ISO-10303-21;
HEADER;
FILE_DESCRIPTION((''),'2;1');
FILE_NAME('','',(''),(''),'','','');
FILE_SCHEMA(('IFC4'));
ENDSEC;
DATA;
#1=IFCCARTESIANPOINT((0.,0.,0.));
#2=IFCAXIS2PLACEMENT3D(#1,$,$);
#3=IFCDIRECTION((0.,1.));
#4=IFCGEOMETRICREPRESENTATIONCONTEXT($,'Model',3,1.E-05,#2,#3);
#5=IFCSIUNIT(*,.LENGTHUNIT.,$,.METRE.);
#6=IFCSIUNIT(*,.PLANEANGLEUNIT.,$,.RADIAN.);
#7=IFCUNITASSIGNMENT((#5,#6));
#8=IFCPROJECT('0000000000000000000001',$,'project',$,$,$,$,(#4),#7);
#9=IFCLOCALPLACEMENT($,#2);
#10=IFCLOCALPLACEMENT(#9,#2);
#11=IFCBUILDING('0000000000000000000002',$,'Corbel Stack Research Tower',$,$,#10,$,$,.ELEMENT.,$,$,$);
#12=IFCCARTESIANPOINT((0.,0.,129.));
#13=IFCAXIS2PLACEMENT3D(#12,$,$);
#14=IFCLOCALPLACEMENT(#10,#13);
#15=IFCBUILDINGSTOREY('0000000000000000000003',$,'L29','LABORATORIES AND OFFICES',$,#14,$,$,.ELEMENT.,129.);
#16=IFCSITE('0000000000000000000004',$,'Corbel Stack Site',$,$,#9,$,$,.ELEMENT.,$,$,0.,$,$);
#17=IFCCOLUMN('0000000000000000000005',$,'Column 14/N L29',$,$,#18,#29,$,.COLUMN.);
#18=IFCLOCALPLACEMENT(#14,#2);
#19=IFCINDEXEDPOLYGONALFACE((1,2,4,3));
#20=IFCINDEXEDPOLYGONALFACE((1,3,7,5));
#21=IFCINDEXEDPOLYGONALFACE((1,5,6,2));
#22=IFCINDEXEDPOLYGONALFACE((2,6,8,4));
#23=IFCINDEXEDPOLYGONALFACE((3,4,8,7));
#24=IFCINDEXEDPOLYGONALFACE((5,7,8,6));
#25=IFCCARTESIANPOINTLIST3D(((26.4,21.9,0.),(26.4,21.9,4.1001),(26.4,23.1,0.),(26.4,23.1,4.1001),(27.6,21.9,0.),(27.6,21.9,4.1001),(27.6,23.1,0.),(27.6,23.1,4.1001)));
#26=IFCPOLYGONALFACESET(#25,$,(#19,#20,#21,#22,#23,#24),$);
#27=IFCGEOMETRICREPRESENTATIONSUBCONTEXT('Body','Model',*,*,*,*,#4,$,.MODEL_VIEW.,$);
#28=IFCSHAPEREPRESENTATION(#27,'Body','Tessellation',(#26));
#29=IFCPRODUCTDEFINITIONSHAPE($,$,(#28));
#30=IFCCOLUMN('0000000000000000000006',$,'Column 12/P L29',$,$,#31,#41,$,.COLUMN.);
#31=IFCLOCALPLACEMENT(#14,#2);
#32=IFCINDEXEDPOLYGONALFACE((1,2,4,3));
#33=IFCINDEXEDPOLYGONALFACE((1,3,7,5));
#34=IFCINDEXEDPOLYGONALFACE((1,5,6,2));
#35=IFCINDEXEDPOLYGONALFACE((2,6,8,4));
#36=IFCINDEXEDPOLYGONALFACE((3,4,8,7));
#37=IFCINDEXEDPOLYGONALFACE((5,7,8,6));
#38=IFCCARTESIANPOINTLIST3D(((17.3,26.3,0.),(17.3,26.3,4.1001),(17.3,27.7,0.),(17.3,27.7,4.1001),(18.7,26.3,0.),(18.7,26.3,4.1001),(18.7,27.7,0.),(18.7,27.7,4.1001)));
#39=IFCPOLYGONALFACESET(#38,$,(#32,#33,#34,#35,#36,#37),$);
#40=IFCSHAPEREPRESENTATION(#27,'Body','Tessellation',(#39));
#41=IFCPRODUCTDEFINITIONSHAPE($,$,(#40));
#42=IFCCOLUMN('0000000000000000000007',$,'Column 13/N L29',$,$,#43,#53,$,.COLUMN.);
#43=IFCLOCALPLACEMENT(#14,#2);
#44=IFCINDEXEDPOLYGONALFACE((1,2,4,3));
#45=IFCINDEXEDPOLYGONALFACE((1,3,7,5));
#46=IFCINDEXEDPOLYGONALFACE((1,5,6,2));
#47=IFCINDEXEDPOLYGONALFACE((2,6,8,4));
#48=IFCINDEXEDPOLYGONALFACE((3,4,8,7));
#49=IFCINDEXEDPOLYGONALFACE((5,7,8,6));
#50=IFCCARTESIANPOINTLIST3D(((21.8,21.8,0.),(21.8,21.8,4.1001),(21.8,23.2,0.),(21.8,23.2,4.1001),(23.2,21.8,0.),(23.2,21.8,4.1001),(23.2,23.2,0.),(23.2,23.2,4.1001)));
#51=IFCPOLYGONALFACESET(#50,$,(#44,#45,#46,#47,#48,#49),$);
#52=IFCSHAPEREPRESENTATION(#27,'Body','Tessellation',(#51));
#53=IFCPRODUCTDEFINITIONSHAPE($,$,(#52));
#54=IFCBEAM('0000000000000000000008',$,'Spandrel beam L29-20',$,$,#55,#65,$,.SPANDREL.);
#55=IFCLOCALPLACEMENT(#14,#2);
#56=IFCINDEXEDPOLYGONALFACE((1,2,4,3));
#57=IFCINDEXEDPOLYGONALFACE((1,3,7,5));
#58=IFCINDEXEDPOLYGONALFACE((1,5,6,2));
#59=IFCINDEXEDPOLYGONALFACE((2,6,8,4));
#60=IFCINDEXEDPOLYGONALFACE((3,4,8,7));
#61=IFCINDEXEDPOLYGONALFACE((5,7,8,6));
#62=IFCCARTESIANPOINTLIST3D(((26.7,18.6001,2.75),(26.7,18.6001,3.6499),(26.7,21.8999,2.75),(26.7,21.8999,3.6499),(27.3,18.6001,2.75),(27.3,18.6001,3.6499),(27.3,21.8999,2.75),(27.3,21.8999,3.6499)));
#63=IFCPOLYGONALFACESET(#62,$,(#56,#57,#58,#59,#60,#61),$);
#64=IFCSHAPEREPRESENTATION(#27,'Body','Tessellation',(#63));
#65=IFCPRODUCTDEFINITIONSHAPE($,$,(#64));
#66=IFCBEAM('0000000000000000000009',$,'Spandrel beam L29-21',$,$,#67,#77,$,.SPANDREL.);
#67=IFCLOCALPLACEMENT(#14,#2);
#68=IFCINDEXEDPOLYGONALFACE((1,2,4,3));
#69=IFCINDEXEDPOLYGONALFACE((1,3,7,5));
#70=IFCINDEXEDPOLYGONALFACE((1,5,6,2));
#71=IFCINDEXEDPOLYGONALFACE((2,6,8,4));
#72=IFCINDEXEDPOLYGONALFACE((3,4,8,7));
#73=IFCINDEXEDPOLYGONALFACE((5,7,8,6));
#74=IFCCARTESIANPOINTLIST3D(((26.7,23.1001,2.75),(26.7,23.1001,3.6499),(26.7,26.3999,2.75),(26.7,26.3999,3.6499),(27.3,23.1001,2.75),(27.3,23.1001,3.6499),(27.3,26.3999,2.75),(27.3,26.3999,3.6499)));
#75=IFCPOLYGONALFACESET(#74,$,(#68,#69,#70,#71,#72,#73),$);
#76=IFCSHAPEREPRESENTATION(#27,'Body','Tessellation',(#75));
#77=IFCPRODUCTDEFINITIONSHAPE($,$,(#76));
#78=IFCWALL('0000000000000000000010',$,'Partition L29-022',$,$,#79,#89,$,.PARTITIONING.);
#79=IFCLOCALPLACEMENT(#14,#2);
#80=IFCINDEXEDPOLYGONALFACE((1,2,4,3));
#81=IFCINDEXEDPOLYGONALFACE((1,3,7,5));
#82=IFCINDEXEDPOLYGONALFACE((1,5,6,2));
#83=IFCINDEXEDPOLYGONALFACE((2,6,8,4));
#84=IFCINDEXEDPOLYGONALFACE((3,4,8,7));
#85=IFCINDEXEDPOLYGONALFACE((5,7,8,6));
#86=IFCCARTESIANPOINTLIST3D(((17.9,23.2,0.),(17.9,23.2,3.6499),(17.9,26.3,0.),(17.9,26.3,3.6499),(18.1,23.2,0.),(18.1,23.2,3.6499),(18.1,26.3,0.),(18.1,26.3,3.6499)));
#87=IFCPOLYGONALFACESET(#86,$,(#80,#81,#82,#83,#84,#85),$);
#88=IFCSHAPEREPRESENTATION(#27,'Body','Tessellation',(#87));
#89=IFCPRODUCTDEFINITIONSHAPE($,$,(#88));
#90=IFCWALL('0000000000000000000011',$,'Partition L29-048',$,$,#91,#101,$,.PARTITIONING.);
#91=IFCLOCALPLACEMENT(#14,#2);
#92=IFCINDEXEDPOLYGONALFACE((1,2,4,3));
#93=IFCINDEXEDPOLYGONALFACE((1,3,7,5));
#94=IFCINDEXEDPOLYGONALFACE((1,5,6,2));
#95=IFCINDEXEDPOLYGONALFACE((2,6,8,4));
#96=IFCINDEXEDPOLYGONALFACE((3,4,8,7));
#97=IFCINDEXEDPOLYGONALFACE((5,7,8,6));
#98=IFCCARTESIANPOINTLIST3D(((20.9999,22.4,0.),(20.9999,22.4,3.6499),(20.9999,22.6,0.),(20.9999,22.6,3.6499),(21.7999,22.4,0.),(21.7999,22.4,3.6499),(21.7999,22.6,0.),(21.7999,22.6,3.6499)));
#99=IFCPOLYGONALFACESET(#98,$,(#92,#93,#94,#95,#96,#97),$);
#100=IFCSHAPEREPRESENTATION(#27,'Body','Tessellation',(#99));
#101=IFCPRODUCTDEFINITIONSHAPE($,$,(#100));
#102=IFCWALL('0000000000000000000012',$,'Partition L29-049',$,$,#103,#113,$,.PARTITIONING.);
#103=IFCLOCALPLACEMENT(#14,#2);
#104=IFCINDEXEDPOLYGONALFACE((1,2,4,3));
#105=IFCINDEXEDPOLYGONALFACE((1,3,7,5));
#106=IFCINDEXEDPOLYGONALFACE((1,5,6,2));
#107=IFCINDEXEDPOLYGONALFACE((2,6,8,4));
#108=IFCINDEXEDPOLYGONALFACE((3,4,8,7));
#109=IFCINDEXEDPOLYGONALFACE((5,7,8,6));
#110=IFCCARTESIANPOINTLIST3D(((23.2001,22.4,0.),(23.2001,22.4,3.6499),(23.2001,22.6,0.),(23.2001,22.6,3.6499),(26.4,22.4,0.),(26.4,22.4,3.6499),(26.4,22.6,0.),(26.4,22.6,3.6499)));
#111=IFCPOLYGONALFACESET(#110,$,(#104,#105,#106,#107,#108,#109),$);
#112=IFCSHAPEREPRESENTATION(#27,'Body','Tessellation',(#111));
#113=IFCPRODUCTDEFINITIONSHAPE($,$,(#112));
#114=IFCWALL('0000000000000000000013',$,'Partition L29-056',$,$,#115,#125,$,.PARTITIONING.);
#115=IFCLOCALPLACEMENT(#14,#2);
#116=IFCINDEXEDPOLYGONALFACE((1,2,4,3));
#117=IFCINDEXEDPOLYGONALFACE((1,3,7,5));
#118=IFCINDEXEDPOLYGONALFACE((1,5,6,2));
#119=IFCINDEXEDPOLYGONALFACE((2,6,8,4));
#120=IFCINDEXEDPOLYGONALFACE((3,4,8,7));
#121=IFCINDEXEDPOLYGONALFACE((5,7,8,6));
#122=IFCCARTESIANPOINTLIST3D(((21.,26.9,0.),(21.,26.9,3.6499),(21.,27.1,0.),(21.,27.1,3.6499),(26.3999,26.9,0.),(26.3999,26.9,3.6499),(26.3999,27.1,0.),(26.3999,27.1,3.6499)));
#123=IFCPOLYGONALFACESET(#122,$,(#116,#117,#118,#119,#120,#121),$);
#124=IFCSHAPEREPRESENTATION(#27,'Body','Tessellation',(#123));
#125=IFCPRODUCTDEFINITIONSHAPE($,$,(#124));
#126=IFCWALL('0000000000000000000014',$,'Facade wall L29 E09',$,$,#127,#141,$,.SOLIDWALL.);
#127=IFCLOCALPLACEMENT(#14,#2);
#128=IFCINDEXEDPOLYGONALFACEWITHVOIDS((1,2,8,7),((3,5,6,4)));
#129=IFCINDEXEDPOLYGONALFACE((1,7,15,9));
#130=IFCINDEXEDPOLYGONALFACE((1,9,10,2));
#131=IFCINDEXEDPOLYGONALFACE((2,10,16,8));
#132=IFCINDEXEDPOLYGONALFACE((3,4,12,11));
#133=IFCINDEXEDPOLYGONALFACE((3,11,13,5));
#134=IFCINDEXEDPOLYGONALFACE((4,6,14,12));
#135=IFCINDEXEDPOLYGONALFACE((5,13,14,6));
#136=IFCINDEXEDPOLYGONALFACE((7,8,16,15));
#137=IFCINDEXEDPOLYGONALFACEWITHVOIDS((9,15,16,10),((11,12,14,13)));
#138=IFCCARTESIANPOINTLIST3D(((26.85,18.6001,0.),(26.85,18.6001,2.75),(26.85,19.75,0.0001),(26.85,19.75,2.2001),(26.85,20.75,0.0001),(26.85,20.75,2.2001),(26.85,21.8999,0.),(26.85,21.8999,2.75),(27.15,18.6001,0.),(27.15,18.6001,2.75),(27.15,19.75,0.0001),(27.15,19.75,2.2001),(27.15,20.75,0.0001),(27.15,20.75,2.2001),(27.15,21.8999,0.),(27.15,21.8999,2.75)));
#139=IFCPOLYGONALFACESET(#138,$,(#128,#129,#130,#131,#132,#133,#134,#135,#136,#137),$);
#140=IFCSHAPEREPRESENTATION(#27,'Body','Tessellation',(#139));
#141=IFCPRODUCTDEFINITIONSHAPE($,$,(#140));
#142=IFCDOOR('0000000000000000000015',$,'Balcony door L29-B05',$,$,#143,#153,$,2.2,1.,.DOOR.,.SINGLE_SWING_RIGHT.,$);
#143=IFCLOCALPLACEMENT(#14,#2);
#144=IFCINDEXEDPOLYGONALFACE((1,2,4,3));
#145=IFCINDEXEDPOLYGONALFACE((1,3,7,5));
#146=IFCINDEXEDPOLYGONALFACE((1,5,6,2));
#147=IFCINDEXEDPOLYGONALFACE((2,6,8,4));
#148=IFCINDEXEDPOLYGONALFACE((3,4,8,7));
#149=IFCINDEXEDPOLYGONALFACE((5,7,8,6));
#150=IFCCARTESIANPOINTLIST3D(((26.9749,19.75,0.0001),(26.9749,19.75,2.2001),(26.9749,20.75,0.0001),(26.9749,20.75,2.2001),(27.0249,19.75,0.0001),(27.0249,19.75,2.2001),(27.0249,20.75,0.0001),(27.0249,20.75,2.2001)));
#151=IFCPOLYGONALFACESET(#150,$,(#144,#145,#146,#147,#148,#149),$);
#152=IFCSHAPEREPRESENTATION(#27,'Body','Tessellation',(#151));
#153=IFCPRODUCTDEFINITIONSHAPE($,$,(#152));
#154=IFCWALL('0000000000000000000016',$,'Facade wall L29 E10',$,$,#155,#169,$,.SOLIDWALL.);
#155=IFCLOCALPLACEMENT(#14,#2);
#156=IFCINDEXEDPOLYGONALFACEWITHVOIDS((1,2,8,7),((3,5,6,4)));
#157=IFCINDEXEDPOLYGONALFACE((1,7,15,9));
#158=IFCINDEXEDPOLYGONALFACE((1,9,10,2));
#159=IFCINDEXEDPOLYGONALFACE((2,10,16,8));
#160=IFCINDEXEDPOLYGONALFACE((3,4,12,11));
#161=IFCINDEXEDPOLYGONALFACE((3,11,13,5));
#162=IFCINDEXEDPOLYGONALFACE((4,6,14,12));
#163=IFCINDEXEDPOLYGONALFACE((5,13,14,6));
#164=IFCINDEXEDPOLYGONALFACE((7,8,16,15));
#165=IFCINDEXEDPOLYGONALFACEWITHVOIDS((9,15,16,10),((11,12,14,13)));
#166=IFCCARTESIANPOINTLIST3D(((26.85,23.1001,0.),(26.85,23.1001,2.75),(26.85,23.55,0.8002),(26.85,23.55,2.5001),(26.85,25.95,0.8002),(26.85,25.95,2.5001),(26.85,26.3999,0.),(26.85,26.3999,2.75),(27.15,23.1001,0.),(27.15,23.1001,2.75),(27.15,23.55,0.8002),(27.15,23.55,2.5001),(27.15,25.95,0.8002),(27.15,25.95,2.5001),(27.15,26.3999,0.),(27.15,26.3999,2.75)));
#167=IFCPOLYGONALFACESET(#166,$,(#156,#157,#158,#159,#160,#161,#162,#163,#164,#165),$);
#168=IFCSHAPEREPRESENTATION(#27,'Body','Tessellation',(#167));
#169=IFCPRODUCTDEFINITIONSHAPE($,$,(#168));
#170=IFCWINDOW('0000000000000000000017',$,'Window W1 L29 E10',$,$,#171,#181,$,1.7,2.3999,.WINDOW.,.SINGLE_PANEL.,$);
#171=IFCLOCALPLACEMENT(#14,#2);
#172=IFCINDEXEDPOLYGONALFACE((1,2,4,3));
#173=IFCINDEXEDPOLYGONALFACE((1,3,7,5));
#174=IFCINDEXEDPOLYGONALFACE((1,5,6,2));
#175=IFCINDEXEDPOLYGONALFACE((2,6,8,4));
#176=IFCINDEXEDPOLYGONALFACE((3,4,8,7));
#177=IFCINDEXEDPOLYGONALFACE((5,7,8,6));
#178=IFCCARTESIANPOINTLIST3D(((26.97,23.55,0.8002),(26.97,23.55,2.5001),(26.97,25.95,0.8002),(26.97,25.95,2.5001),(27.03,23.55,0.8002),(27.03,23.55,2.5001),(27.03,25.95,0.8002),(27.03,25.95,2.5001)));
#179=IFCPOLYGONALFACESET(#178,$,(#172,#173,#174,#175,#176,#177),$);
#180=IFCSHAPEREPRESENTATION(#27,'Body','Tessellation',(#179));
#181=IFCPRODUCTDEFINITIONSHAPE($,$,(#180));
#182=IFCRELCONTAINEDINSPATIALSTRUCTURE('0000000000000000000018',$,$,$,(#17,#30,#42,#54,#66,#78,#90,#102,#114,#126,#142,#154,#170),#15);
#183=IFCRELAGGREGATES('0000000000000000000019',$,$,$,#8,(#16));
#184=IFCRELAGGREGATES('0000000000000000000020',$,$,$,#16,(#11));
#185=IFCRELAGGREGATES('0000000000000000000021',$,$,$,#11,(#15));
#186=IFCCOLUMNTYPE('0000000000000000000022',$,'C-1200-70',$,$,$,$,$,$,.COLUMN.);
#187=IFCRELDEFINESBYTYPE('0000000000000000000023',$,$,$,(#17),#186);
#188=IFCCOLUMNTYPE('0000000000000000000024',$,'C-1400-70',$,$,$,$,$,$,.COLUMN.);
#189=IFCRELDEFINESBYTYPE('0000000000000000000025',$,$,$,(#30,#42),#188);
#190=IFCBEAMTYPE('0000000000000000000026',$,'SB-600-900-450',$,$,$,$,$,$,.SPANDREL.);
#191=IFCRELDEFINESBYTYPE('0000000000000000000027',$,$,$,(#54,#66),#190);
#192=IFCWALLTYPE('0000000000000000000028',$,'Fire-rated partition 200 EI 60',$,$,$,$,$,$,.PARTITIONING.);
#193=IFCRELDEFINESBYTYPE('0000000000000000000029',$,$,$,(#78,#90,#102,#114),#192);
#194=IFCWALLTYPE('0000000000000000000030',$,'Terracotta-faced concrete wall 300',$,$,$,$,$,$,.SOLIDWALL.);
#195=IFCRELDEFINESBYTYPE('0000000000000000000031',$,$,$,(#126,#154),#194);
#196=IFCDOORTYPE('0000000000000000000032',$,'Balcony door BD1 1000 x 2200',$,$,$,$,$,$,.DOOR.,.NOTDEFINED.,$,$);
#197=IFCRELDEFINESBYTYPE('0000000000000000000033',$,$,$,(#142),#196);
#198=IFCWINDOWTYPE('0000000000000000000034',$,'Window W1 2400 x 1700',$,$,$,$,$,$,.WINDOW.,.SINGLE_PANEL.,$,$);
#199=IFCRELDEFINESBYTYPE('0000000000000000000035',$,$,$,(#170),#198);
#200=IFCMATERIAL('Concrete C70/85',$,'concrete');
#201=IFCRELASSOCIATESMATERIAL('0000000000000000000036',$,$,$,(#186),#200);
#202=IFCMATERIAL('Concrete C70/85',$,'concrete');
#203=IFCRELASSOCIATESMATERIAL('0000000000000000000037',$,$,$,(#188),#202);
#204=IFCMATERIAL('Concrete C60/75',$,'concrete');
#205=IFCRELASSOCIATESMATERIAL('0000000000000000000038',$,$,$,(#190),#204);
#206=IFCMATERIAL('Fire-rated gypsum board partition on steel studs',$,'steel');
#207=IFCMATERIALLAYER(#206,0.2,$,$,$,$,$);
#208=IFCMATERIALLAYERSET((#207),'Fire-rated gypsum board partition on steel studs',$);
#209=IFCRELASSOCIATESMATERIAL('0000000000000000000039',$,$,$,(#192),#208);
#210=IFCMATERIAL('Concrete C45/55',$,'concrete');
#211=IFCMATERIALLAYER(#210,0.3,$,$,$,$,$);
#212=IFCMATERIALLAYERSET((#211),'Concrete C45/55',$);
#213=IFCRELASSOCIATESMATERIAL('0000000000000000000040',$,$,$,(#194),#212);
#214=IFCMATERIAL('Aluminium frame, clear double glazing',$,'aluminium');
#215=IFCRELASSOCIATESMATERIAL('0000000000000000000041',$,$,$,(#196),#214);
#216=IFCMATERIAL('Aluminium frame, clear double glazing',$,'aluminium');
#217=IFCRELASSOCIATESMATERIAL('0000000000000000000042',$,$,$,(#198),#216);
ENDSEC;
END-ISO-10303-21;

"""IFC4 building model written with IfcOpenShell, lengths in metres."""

from ifc_helpers import new_model, si_unit, direction, frame, frame_2d, origin, origin_2d, place, context, subcontext, project, spatial, rectangle, extrude, material, layer, layer_set, material_profile, profile_set, type_object, element, fill, save


model = new_model("IFC4")

# Units and contexts
model_context = context("Model", 3, precision=1e-05, world=origin(), true_north=direction((0.0, 1.0)))
body_context = subcontext(model_context, "Body", "Model", "MODEL_VIEW")
ifc_project = project(units=[si_unit("LENGTHUNIT", "METRE"), si_unit("PLANEANGLEUNIT", "RADIAN")], contexts=[model_context])

# Site, building, storey
site_placement = place(None, origin())
site = spatial("IfcSite", under=ifc_project, at=site_placement, Name="Corbel Stack Site", CompositionType="ELEMENT", RefElevation=0.0)
building_placement = place(site_placement, origin())
building = spatial("IfcBuilding", under=site, at=building_placement, Name="Corbel Stack Research Tower", CompositionType="ELEMENT")
storey_placement = place(building_placement, frame((0.0, 0.0, 129.0)))
storey = spatial("IfcBuildingStorey", under=building, at=storey_placement, Name="L29", Description="LABORATORIES AND OFFICES", CompositionType="ELEMENT", Elevation=129.0)

# Columns
ifc_material_1 = material(Name="Concrete C70/85", Category="concrete")
ifc_material_profile_1 = material_profile(ifc_material_1, rectangle(XDim=1.2, YDim=1.2, at=origin_2d()), Name="RC 1200 x 1200")
ifc_profile_set_1 = profile_set([ifc_material_profile_1], Name="Concrete C70/85")
column_type_1 = type_object("IfcColumnType", Name="C-1200-70", PredefinedType="COLUMN", material=ifc_profile_set_1)
column_placement = place(storey_placement, frame((27.0, 22.5, 0.0), z_axis=(0.0, 0.0, 1.0), x_axis=(1.0, 0.0, 0.0)))
element("IfcColumn", 1, at=column_placement, inside=storey, type_object=column_type_1, Name="Column 14/N L29", PredefinedType="COLUMN", context=body_context, shape_type="SweptSolid", body=[
    extrude(rectangle(XDim=1.2, YDim=1.2, at=origin_2d()), origin(), (0.0, 0.0, 1.0), 4.1001),
])
ifc_material_2 = material(Name="Concrete C70/85", Category="concrete")
ifc_material_profile_2 = material_profile(ifc_material_2, rectangle(XDim=1.3999, YDim=1.3999, at=origin_2d()), Name="RC 1400 x 1400")
ifc_profile_set_2 = profile_set([ifc_material_profile_2], Name="Concrete C70/85")
column_type_2 = type_object("IfcColumnType", Name="C-1400-70", PredefinedType="COLUMN", material=ifc_profile_set_2)
for number, where, z_axis, x_axis, name in (
    (2, (18.0, 27.0, 0.0), (0.0, 0.0, 1.0), (1.0, 0.0, 0.0), "Column 12/P L29"),
    (3, (22.5, 22.5, 0.0), (0.0, 0.0, 1.0), (1.0, 0.0, 0.0), "Column 13/N L29"),
):
    element("IfcColumn", number, at=place(storey_placement, frame(where, z_axis=z_axis, x_axis=x_axis)), inside=storey, type_object=column_type_2, Name=name, PredefinedType="COLUMN", context=body_context, shape_type="SweptSolid", body=[
        extrude(rectangle(XDim=1.3999, YDim=1.3999, at=origin_2d()), origin(), (0.0, 0.0, 1.0), 4.1001),
    ])

# Beams
ifc_material_3 = material(Name="Concrete C60/75", Category="concrete")
ifc_material_profile_3 = material_profile(ifc_material_3, rectangle(XDim=0.6001, YDim=0.8999, at=origin_2d()), Name="RC 600 x 900")
ifc_profile_set_3 = profile_set([ifc_material_profile_3], Name="Concrete C60/75")
beam_type = type_object("IfcBeamType", Name="SB-600-900-450", PredefinedType="SPANDREL", material=ifc_profile_set_3)
for number, where, z_axis, x_axis, name in (
    (4, (27.0, 18.6001, 3.2), (0.0, 1.0, 0.0), (-1.0, 0.0, 0.0), "Spandrel beam L29-20"),
    (5, (27.0, 23.1001, 3.2), (0.0, 1.0, 0.0), (-1.0, 0.0, 0.0), "Spandrel beam L29-21"),
):
    element("IfcBeam", number, at=place(storey_placement, frame(where, z_axis=z_axis, x_axis=x_axis)), inside=storey, type_object=beam_type, Name=name, PredefinedType="SPANDREL", context=body_context, shape_type="SweptSolid", body=[
        extrude(rectangle(XDim=0.6001, YDim=0.8999, at=origin_2d()), origin(), (0.0, 0.0, 1.0), 3.2998),
    ])

# Walls
ifc_material_4 = material(Name="Fire-rated gypsum board partition on steel studs", Category="steel")
ifc_layer_1 = layer(ifc_material_4, 0.2)
ifc_layer_set_1 = layer_set([ifc_layer_1], Name="Fire-rated gypsum board partition on steel studs")
wall_type_1 = type_object("IfcWallType", Name="Fire-rated partition 200 EI 60", PredefinedType="PARTITIONING", material=ifc_layer_set_1)
wall_1_placement = place(storey_placement, frame((18.0, 23.2, 0.0), z_axis=(0.0, 0.0, 1.0), x_axis=(0.0, 1.0, 0.0)))
element("IfcWall", 6, at=wall_1_placement, inside=storey, type_object=wall_type_1, Name="Partition L29-022", PredefinedType="PARTITIONING", context=body_context, shape_type="SweptSolid", body=[
    extrude(rectangle(XDim=3.1001, YDim=0.2, at=frame_2d((1.55, 0.0))), origin(), (0.0, 0.0, 1.0), 3.6499),
])
wall_2_placement = place(storey_placement, frame((21.0, 22.5, 0.0), z_axis=(0.0, 0.0, 1.0), x_axis=(1.0, 0.0, 0.0)))
element("IfcWall", 7, at=wall_2_placement, inside=storey, type_object=wall_type_1, Name="Partition L29-048", PredefinedType="PARTITIONING", context=body_context, shape_type="SweptSolid", body=[
    extrude(rectangle(XDim=0.8, YDim=0.2, at=frame_2d((0.3999, 0.0))), origin(), (0.0, 0.0, 1.0), 3.6499),
])
wall_3_placement = place(storey_placement, frame((23.2, 22.5, 0.0), z_axis=(0.0, 0.0, 1.0), x_axis=(1.0, 0.0, 0.0)))
element("IfcWall", 8, at=wall_3_placement, inside=storey, type_object=wall_type_1, Name="Partition L29-049", PredefinedType="PARTITIONING", context=body_context, shape_type="SweptSolid", body=[
    extrude(rectangle(XDim=3.2, YDim=0.2, at=frame_2d((1.6001, 0.0))), origin(), (0.0, 0.0, 1.0), 3.6499),
])
wall_4_placement = place(storey_placement, frame((21.0, 27.0, 0.0), z_axis=(0.0, 0.0, 1.0), x_axis=(1.0, 0.0, 0.0)))
element("IfcWall", 9, at=wall_4_placement, inside=storey, type_object=wall_type_1, Name="Partition L29-056", PredefinedType="PARTITIONING", context=body_context, shape_type="SweptSolid", body=[
    extrude(rectangle(XDim=5.3999, YDim=0.2, at=frame_2d((2.7, 0.0))), origin(), (0.0, 0.0, 1.0), 3.6499),
])

# Wall, opening, door
ifc_material_5 = material(Name="Concrete C45/55", Category="concrete")
ifc_layer_2 = layer(ifc_material_5, 0.3)
ifc_layer_set_2 = layer_set([ifc_layer_2], Name="Concrete C45/55")
wall_type_2 = type_object("IfcWallType", Name="Terracotta-faced concrete wall 300", PredefinedType="SOLIDWALL", material=ifc_layer_set_2)
wall_5_placement = place(storey_placement, frame((27.0, 21.8999, 0.0), z_axis=(0.0, 0.0, 1.0), x_axis=(0.0, -1.0, 0.0)))
wall_5 = element("IfcWall", 10, at=wall_5_placement, inside=storey, type_object=wall_type_2, Name="Facade wall L29 E09", PredefinedType="SOLIDWALL", context=body_context, shape_type="SweptSolid", body=[
    extrude(rectangle(XDim=3.2998, YDim=0.3, at=frame_2d((1.6499, 0.0))), origin(), (0.0, 0.0, 1.0), 2.75),
])
opening_1_placement = place(wall_5_placement, frame((1.1499, 0.0, 0.0)))
opening_1 = element("IfcOpeningElement", 11, at=opening_1_placement, cuts=wall_5, PredefinedType="OPENING", context=body_context, shape_type="SweptSolid", body=[
    extrude(rectangle(XDim=1.0, YDim=2.2, at=frame_2d((0.5, 1.1001))), frame((0.0, 0.1599, 0.0), z_axis=(0.0, -1.0, 0.0), x_axis=(1.0, 0.0, 0.0)), (0.0, 0.0, 1.0), 0.3201),
])
ifc_material_6 = material(Name="Aluminium frame, clear double glazing", Category="aluminium")
door_type = type_object("IfcDoorType", Name="Balcony door BD1 1000 x 2200", OperationType="NOTDEFINED", PredefinedType="DOOR", material=ifc_material_6)
door_placement = place(opening_1_placement, origin())
door = element("IfcDoor", 12, at=door_placement, inside=storey, type_object=door_type, Name="Balcony door L29-B05", OperationType="SINGLE_SWING_RIGHT", OverallHeight=2.2, OverallWidth=1.0, PredefinedType="DOOR", context=body_context, shape_type="SweptSolid", body=[
    extrude(rectangle(XDim=1.0, YDim=2.2, at=frame_2d((0.5, 1.1001))), frame((0.0, 0.0249, 0.0), z_axis=(0.0, -1.0, 0.0), x_axis=(1.0, 0.0, 0.0)), (0.0, 0.0, 1.0), 0.05),
])
fill(opening_1, door)

# Wall, opening, window
wall_6_placement = place(storey_placement, frame((27.0, 26.3999, 0.0), z_axis=(0.0, 0.0, 1.0), x_axis=(0.0, -1.0, 0.0)))
wall_6 = element("IfcWall", 13, at=wall_6_placement, inside=storey, type_object=wall_type_2, Name="Facade wall L29 E10", PredefinedType="SOLIDWALL", context=body_context, shape_type="SweptSolid", body=[
    extrude(rectangle(XDim=3.2998, YDim=0.3, at=frame_2d((1.6499, 0.0))), origin(), (0.0, 0.0, 1.0), 2.75),
])
opening_2_placement = place(wall_6_placement, frame((0.45, 0.0, 0.8)))
opening_2 = element("IfcOpeningElement", 14, at=opening_2_placement, cuts=wall_6, PredefinedType="OPENING", context=body_context, shape_type="SweptSolid", body=[
    extrude(rectangle(XDim=2.3999, YDim=1.7, at=frame_2d((1.2, 0.8501))), frame((0.0, 0.1599, 0.0), z_axis=(0.0, -1.0, 0.0), x_axis=(1.0, 0.0, 0.0)), (0.0, 0.0, 1.0), 0.3201),
])
ifc_material_7 = material(Name="Aluminium frame, clear double glazing", Category="aluminium")
window_type = type_object("IfcWindowType", Name="Window W1 2400 x 1700", PartitioningType="SINGLE_PANEL", PredefinedType="WINDOW", material=ifc_material_7)
window_placement = place(opening_2_placement, origin())
window = element("IfcWindow", 15, at=window_placement, inside=storey, type_object=window_type, Name="Window W1 L29 E10", OverallHeight=1.7, OverallWidth=2.3999, PartitioningType="SINGLE_PANEL", PredefinedType="WINDOW", context=body_context, shape_type="SweptSolid", body=[
    extrude(rectangle(XDim=2.3999, YDim=1.7, at=frame_2d((1.2, 0.8501))), frame((0.0, 0.03, 0.0), z_axis=(0.0, -1.0, 0.0), x_axis=(1.0, 0.0, 0.0)), (0.0, 0.0, 1.0), 0.0601),
])
fill(opening_2, window)

save(model, "model.ifc")
